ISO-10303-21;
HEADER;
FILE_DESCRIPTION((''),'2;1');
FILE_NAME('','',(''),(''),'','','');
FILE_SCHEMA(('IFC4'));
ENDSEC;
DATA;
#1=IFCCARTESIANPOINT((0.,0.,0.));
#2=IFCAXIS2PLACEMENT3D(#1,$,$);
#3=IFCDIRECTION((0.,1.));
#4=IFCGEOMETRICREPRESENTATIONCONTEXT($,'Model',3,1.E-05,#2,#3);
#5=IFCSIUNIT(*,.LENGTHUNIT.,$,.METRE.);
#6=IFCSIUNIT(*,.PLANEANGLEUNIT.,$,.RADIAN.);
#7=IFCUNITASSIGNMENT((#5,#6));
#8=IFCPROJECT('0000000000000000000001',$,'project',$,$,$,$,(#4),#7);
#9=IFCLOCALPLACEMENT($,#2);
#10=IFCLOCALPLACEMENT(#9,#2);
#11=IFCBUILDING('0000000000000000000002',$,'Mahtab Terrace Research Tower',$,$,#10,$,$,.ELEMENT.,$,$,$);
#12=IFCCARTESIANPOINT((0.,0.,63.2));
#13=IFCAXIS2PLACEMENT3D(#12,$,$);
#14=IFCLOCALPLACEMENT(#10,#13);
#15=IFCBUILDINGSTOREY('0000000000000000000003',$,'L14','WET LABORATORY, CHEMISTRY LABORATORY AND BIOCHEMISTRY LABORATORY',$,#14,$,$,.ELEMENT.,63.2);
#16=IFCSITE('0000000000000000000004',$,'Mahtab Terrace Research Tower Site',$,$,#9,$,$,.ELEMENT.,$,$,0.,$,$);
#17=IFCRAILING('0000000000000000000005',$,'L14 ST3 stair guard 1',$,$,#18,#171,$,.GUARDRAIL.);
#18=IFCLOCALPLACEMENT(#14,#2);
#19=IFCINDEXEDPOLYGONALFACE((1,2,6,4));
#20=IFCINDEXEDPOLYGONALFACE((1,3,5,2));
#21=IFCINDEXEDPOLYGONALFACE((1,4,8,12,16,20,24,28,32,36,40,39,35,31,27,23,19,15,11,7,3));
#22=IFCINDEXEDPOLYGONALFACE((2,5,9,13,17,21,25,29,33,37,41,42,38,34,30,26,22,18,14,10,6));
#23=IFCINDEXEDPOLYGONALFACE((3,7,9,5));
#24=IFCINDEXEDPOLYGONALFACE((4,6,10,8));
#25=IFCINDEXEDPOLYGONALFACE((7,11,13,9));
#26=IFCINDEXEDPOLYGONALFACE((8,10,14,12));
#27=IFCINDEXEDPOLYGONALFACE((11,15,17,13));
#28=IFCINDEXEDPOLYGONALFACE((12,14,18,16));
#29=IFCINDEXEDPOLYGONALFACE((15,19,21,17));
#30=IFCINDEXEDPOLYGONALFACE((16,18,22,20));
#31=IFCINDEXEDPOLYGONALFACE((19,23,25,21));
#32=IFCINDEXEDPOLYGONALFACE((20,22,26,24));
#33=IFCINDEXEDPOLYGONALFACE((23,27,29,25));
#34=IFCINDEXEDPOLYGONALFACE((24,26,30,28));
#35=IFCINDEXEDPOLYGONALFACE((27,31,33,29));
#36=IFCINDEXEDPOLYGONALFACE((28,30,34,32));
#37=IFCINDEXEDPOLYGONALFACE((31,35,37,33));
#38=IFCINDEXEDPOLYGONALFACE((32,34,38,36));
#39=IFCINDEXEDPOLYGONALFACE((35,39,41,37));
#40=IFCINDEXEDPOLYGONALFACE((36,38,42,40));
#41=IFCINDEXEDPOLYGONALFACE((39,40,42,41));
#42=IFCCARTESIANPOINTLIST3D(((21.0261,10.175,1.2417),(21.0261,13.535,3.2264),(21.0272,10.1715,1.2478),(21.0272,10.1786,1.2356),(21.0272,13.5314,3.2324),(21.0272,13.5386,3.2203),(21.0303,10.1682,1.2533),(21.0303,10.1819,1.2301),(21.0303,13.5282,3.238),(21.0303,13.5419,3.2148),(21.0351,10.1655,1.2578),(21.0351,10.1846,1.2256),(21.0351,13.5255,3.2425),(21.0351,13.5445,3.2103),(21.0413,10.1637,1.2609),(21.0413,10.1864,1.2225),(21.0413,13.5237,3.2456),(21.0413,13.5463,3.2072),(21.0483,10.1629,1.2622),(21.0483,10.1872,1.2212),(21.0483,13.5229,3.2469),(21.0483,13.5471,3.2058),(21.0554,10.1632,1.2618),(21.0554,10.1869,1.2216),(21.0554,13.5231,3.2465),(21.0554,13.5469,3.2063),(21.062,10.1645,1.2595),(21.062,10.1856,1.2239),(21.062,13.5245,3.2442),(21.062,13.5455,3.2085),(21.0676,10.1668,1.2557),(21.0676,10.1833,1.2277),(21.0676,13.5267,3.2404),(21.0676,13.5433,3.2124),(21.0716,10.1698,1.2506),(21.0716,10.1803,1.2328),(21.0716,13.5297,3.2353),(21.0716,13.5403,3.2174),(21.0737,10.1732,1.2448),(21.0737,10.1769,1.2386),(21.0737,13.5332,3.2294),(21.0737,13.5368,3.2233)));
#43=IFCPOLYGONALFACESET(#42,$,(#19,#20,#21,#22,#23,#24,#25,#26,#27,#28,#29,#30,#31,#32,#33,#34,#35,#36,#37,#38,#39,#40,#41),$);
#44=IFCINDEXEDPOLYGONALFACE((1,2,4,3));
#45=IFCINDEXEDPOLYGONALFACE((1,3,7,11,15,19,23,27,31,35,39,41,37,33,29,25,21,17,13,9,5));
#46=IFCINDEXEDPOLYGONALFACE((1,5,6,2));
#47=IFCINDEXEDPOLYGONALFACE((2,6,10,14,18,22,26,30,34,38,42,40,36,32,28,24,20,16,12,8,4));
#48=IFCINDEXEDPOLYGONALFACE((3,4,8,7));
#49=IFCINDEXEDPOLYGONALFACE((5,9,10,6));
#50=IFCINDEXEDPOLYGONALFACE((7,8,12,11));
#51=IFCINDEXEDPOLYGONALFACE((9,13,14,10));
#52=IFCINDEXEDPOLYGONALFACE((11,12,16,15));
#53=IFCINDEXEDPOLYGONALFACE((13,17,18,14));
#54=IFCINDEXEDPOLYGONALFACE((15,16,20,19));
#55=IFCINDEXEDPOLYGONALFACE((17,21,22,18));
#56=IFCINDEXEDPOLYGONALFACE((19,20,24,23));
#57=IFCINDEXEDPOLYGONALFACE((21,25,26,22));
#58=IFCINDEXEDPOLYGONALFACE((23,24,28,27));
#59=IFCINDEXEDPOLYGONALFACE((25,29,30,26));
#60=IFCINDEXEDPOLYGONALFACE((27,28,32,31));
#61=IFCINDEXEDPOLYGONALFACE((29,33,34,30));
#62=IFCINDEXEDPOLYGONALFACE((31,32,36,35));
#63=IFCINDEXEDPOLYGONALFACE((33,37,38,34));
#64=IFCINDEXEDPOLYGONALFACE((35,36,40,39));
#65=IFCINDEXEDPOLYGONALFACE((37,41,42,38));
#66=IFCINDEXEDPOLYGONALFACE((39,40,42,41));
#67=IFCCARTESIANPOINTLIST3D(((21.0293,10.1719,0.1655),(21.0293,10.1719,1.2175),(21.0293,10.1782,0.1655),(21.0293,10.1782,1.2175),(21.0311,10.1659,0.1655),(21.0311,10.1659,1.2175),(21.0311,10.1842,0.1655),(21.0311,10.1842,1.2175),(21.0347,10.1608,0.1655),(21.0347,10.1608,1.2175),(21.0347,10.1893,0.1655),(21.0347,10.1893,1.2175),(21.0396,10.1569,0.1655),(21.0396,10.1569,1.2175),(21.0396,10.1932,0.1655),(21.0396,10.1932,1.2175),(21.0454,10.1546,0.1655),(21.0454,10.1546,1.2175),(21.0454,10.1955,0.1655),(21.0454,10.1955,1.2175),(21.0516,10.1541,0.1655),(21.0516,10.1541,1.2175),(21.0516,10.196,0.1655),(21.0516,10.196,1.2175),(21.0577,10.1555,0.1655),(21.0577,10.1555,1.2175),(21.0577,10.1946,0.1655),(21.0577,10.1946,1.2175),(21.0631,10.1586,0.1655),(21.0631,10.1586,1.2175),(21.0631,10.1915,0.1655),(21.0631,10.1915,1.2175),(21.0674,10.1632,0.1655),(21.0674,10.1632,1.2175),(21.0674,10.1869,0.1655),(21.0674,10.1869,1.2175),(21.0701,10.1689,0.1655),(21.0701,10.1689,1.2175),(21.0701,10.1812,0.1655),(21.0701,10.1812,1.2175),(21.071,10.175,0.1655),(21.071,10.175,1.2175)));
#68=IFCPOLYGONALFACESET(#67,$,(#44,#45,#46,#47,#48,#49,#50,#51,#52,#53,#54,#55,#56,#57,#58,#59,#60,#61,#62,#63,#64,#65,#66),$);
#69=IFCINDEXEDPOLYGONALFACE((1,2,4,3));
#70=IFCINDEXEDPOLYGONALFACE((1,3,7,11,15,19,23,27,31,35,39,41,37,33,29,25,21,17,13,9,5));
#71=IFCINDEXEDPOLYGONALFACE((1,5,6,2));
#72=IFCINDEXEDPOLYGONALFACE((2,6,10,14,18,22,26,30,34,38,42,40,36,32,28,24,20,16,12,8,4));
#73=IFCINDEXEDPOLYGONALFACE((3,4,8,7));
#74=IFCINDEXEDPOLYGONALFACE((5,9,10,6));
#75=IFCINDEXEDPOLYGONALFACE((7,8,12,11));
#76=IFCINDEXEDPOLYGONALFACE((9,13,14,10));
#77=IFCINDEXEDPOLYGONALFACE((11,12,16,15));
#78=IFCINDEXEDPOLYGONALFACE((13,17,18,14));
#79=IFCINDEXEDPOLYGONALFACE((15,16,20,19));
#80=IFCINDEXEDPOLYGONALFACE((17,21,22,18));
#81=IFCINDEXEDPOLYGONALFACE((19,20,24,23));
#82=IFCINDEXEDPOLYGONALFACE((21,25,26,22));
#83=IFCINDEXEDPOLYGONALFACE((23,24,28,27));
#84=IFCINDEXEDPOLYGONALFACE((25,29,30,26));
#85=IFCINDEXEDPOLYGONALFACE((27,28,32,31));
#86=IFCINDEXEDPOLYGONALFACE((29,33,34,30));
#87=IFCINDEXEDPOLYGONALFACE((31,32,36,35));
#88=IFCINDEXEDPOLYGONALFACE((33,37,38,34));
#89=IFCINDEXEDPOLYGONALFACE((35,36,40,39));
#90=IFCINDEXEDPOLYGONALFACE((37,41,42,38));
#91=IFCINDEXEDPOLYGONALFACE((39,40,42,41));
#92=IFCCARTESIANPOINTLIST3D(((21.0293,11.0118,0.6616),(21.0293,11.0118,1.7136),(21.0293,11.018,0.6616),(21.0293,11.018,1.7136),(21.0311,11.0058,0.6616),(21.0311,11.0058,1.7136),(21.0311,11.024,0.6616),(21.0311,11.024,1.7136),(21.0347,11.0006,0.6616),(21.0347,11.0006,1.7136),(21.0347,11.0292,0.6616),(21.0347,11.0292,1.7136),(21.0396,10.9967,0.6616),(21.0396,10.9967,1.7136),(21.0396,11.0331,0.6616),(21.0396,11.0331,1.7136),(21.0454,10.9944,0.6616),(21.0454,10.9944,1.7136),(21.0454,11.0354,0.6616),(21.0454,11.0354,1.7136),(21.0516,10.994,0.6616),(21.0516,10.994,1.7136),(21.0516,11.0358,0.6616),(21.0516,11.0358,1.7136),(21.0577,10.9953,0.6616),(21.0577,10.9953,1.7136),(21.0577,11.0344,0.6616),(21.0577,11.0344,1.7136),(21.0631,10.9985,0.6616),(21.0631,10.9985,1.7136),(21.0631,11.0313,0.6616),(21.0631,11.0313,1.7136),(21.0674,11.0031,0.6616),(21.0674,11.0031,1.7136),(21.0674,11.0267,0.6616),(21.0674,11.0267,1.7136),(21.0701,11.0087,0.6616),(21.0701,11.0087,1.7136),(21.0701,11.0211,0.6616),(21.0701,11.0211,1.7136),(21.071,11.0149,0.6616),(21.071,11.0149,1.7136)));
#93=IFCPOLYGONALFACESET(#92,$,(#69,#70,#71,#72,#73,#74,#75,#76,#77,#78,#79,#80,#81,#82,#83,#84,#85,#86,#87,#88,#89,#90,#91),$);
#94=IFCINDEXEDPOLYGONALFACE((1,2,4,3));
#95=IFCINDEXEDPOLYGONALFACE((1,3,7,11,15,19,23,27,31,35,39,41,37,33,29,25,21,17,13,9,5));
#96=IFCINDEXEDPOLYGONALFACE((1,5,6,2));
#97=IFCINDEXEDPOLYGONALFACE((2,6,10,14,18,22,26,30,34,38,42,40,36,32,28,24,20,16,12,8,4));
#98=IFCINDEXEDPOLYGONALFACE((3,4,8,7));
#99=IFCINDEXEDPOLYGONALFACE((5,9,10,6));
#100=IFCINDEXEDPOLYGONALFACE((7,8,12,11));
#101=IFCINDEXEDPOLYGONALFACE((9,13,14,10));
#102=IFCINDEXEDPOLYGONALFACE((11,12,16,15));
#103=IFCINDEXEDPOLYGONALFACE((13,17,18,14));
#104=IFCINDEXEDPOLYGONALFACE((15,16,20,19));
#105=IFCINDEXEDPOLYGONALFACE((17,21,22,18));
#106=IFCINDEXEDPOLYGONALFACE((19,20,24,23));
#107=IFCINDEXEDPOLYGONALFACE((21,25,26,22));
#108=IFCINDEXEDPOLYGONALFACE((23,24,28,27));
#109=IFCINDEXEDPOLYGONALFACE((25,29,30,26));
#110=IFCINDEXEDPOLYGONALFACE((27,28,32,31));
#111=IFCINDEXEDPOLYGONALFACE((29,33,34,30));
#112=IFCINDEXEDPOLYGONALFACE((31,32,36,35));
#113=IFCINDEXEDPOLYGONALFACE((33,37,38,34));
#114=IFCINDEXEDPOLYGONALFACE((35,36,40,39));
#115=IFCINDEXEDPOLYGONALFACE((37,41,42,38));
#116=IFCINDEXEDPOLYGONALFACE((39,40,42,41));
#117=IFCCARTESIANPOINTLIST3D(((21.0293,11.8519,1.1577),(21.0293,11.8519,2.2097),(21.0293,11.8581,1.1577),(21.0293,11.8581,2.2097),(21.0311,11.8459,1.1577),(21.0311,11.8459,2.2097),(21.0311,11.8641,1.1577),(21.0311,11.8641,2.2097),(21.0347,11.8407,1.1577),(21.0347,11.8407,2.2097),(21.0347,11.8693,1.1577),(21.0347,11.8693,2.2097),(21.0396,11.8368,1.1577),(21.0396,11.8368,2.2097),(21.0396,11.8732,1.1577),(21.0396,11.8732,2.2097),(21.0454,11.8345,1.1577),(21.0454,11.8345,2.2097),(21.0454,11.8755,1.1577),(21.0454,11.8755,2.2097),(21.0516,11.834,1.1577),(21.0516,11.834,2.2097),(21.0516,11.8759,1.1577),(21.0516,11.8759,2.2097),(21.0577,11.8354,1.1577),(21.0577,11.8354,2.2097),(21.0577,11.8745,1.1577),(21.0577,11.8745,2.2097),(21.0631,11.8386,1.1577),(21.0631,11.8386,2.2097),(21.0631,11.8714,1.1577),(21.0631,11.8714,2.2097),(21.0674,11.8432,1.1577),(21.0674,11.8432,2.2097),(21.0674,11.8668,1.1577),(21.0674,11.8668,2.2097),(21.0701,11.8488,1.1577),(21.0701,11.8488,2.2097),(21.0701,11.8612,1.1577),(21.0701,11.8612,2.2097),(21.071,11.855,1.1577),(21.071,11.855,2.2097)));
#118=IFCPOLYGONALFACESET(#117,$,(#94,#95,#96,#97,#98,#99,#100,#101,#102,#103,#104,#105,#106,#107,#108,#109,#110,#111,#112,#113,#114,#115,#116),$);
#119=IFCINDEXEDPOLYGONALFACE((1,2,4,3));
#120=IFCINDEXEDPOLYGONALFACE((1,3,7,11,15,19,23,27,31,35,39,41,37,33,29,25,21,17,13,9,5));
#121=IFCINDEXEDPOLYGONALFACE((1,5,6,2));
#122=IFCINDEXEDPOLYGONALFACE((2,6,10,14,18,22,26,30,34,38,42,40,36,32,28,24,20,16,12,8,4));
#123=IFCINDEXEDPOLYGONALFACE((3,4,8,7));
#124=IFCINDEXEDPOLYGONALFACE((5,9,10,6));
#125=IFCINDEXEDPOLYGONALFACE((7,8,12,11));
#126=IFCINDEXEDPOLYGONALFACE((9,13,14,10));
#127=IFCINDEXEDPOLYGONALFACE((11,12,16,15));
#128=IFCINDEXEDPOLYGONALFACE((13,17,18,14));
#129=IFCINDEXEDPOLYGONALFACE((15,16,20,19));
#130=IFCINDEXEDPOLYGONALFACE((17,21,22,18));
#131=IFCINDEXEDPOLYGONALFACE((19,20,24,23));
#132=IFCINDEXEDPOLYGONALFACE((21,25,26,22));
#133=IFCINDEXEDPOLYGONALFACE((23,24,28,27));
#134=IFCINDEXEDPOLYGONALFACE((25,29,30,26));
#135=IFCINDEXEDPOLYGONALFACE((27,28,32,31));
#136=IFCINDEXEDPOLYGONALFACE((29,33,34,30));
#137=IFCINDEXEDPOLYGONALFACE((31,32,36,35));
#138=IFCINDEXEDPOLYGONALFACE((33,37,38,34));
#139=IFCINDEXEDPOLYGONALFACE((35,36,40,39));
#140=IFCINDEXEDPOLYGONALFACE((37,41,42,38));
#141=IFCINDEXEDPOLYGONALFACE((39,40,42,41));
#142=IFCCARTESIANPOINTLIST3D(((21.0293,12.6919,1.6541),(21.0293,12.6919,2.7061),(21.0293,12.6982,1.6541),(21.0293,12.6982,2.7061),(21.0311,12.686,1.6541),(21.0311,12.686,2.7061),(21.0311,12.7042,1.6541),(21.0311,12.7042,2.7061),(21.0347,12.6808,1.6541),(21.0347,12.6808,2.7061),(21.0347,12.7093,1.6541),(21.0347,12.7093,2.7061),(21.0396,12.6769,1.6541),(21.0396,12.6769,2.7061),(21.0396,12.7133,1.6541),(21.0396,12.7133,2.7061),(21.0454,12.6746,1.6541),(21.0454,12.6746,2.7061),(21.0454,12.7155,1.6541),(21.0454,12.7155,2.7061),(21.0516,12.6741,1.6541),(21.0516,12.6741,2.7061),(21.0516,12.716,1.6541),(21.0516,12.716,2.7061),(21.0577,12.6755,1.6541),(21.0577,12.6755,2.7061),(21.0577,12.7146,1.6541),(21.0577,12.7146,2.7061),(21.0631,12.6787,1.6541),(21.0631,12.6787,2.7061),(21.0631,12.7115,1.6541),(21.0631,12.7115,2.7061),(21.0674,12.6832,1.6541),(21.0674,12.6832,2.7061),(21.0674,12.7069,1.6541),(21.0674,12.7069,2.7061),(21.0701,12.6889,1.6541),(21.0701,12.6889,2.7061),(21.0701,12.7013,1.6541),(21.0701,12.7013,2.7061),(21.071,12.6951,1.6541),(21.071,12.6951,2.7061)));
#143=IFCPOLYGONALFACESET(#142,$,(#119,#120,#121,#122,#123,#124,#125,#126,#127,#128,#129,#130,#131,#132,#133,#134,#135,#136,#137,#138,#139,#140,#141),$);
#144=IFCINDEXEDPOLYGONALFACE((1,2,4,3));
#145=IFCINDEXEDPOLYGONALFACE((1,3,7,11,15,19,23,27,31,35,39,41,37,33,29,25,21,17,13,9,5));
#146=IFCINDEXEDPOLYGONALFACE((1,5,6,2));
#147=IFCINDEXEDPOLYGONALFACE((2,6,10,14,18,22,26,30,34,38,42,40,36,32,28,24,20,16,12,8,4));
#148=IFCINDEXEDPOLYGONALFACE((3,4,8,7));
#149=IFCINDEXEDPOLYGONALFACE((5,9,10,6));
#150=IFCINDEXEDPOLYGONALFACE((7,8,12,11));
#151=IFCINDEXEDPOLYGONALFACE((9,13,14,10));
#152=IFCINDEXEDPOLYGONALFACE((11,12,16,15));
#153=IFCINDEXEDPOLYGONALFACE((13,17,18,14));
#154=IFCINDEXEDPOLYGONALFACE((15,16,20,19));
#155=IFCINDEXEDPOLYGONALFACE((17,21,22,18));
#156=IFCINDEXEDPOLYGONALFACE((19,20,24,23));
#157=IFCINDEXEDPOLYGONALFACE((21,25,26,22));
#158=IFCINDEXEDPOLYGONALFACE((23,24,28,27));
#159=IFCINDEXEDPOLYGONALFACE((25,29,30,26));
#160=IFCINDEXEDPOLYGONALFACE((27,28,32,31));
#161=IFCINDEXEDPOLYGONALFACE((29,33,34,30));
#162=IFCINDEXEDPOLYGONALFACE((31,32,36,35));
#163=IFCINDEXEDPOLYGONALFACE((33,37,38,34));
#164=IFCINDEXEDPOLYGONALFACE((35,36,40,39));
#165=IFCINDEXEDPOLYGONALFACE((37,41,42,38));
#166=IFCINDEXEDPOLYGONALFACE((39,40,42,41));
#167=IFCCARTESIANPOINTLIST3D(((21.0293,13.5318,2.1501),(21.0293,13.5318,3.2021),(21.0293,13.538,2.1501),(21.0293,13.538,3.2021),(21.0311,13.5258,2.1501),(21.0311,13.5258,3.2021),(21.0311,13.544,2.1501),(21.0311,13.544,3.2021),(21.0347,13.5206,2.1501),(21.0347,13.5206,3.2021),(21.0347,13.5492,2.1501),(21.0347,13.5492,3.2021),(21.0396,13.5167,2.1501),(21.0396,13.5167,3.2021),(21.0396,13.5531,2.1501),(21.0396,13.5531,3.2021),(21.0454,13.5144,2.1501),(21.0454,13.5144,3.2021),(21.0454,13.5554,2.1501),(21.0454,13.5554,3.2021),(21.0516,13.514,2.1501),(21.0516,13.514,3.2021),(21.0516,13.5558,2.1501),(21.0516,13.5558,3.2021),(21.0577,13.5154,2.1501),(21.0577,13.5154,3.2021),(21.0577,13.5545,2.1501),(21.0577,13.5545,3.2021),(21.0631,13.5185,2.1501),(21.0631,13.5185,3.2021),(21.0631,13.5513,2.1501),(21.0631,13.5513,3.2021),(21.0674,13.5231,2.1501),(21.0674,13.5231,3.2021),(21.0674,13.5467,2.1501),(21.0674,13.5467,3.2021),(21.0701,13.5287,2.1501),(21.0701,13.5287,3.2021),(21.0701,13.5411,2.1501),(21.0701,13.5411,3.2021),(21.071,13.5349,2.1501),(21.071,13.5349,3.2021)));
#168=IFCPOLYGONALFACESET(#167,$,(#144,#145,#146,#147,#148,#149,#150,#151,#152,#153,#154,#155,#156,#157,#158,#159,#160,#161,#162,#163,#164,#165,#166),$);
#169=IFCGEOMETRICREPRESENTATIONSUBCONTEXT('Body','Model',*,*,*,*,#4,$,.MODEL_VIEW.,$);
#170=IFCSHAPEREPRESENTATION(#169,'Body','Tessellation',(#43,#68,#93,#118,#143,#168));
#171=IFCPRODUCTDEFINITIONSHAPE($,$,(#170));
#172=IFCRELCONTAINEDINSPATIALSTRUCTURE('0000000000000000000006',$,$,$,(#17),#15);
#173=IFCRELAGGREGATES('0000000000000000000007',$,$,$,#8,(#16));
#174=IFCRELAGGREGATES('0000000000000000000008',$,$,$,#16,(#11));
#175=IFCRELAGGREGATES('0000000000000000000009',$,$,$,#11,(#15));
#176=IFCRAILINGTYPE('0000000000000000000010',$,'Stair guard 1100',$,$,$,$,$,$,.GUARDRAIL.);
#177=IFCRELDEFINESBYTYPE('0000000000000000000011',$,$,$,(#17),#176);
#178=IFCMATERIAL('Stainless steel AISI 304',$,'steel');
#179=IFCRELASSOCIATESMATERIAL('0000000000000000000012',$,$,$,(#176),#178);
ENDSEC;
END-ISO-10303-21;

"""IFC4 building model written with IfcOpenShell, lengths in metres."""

from ifc_helpers import new_model, si_unit, direction, frame, origin, origin_2d, place, context, subcontext, project, spatial, circle, extrude, material, type_object, element, save


model = new_model("IFC4")

# Units and contexts
model_context = context("Model", 3, precision=1e-05, world=origin(), true_north=direction((0.0, 1.0)))
body_context = subcontext(model_context, "Body", "Model", "MODEL_VIEW")
ifc_project = project(units=[si_unit("LENGTHUNIT", "METRE"), si_unit("PLANEANGLEUNIT", "RADIAN")], contexts=[model_context])

# Site, building, storey
site_placement = place(None, origin())
site = spatial("IfcSite", under=ifc_project, at=site_placement, Name="Mahtab Terrace Research Tower Site", CompositionType="ELEMENT", RefElevation=0.0)
building_placement = place(site_placement, origin())
building = spatial("IfcBuilding", under=site, at=building_placement, Name="Mahtab Terrace Research Tower", CompositionType="ELEMENT")
storey_placement = place(building_placement, frame((0.0, 0.0, 63.2)))
storey = spatial("IfcBuildingStorey", under=building, at=storey_placement, Name="L14", Description="WET LABORATORY, CHEMISTRY LABORATORY AND BIOCHEMISTRY LABORATORY", CompositionType="ELEMENT", Elevation=63.2)

# Shared definitions
ifc_material_1 = material(Name="Stainless steel AISI 304", Category="steel")

# Railing
railing_type_1 = type_object("IfcRailingType", Name="Stair guard 1100", PredefinedType="GUARDRAIL", material=ifc_material_1)
railing_1_placement = place(storey_placement, frame((21.05, 10.175, 0.1655)))
element("IfcRailing", 1, at=railing_1_placement, inside=storey, type_object=railing_type_1, Name="L14 ST3 stair guard 1", PredefinedType="GUARDRAIL", context=body_context, shape_type="SweptSolid", body=[
    extrude(circle(Radius=0.0239, at=origin_2d()), frame((0.0, 0.0, 1.0762), z_axis=(0.0, 0.861011, 0.508586), x_axis=(-1.0, 0.0, 0.0)), (0.0, 0.0, 1.0), 3.9023),
    extrude(circle(Radius=0.021, at=origin_2d()), origin(), (0.0, 0.0, 1.0), 1.052),
    extrude(circle(Radius=0.021, at=origin_2d()), frame((0.0, 0.8398, 0.4961)), (0.0, 0.0, 1.0), 1.052),
    extrude(circle(Radius=0.021, at=origin_2d()), frame((0.0, 1.6799, 0.9922)), (0.0, 0.0, 1.0), 1.052),
    extrude(circle(Radius=0.021, at=origin_2d()), frame((0.0, 2.52, 1.4885)), (0.0, 0.0, 1.0), 1.052),
    extrude(circle(Radius=0.021, at=origin_2d()), frame((0.0, 3.3599, 1.9846)), (0.0, 0.0, 1.0), 1.052),
])

save(model, "model.ifc")
